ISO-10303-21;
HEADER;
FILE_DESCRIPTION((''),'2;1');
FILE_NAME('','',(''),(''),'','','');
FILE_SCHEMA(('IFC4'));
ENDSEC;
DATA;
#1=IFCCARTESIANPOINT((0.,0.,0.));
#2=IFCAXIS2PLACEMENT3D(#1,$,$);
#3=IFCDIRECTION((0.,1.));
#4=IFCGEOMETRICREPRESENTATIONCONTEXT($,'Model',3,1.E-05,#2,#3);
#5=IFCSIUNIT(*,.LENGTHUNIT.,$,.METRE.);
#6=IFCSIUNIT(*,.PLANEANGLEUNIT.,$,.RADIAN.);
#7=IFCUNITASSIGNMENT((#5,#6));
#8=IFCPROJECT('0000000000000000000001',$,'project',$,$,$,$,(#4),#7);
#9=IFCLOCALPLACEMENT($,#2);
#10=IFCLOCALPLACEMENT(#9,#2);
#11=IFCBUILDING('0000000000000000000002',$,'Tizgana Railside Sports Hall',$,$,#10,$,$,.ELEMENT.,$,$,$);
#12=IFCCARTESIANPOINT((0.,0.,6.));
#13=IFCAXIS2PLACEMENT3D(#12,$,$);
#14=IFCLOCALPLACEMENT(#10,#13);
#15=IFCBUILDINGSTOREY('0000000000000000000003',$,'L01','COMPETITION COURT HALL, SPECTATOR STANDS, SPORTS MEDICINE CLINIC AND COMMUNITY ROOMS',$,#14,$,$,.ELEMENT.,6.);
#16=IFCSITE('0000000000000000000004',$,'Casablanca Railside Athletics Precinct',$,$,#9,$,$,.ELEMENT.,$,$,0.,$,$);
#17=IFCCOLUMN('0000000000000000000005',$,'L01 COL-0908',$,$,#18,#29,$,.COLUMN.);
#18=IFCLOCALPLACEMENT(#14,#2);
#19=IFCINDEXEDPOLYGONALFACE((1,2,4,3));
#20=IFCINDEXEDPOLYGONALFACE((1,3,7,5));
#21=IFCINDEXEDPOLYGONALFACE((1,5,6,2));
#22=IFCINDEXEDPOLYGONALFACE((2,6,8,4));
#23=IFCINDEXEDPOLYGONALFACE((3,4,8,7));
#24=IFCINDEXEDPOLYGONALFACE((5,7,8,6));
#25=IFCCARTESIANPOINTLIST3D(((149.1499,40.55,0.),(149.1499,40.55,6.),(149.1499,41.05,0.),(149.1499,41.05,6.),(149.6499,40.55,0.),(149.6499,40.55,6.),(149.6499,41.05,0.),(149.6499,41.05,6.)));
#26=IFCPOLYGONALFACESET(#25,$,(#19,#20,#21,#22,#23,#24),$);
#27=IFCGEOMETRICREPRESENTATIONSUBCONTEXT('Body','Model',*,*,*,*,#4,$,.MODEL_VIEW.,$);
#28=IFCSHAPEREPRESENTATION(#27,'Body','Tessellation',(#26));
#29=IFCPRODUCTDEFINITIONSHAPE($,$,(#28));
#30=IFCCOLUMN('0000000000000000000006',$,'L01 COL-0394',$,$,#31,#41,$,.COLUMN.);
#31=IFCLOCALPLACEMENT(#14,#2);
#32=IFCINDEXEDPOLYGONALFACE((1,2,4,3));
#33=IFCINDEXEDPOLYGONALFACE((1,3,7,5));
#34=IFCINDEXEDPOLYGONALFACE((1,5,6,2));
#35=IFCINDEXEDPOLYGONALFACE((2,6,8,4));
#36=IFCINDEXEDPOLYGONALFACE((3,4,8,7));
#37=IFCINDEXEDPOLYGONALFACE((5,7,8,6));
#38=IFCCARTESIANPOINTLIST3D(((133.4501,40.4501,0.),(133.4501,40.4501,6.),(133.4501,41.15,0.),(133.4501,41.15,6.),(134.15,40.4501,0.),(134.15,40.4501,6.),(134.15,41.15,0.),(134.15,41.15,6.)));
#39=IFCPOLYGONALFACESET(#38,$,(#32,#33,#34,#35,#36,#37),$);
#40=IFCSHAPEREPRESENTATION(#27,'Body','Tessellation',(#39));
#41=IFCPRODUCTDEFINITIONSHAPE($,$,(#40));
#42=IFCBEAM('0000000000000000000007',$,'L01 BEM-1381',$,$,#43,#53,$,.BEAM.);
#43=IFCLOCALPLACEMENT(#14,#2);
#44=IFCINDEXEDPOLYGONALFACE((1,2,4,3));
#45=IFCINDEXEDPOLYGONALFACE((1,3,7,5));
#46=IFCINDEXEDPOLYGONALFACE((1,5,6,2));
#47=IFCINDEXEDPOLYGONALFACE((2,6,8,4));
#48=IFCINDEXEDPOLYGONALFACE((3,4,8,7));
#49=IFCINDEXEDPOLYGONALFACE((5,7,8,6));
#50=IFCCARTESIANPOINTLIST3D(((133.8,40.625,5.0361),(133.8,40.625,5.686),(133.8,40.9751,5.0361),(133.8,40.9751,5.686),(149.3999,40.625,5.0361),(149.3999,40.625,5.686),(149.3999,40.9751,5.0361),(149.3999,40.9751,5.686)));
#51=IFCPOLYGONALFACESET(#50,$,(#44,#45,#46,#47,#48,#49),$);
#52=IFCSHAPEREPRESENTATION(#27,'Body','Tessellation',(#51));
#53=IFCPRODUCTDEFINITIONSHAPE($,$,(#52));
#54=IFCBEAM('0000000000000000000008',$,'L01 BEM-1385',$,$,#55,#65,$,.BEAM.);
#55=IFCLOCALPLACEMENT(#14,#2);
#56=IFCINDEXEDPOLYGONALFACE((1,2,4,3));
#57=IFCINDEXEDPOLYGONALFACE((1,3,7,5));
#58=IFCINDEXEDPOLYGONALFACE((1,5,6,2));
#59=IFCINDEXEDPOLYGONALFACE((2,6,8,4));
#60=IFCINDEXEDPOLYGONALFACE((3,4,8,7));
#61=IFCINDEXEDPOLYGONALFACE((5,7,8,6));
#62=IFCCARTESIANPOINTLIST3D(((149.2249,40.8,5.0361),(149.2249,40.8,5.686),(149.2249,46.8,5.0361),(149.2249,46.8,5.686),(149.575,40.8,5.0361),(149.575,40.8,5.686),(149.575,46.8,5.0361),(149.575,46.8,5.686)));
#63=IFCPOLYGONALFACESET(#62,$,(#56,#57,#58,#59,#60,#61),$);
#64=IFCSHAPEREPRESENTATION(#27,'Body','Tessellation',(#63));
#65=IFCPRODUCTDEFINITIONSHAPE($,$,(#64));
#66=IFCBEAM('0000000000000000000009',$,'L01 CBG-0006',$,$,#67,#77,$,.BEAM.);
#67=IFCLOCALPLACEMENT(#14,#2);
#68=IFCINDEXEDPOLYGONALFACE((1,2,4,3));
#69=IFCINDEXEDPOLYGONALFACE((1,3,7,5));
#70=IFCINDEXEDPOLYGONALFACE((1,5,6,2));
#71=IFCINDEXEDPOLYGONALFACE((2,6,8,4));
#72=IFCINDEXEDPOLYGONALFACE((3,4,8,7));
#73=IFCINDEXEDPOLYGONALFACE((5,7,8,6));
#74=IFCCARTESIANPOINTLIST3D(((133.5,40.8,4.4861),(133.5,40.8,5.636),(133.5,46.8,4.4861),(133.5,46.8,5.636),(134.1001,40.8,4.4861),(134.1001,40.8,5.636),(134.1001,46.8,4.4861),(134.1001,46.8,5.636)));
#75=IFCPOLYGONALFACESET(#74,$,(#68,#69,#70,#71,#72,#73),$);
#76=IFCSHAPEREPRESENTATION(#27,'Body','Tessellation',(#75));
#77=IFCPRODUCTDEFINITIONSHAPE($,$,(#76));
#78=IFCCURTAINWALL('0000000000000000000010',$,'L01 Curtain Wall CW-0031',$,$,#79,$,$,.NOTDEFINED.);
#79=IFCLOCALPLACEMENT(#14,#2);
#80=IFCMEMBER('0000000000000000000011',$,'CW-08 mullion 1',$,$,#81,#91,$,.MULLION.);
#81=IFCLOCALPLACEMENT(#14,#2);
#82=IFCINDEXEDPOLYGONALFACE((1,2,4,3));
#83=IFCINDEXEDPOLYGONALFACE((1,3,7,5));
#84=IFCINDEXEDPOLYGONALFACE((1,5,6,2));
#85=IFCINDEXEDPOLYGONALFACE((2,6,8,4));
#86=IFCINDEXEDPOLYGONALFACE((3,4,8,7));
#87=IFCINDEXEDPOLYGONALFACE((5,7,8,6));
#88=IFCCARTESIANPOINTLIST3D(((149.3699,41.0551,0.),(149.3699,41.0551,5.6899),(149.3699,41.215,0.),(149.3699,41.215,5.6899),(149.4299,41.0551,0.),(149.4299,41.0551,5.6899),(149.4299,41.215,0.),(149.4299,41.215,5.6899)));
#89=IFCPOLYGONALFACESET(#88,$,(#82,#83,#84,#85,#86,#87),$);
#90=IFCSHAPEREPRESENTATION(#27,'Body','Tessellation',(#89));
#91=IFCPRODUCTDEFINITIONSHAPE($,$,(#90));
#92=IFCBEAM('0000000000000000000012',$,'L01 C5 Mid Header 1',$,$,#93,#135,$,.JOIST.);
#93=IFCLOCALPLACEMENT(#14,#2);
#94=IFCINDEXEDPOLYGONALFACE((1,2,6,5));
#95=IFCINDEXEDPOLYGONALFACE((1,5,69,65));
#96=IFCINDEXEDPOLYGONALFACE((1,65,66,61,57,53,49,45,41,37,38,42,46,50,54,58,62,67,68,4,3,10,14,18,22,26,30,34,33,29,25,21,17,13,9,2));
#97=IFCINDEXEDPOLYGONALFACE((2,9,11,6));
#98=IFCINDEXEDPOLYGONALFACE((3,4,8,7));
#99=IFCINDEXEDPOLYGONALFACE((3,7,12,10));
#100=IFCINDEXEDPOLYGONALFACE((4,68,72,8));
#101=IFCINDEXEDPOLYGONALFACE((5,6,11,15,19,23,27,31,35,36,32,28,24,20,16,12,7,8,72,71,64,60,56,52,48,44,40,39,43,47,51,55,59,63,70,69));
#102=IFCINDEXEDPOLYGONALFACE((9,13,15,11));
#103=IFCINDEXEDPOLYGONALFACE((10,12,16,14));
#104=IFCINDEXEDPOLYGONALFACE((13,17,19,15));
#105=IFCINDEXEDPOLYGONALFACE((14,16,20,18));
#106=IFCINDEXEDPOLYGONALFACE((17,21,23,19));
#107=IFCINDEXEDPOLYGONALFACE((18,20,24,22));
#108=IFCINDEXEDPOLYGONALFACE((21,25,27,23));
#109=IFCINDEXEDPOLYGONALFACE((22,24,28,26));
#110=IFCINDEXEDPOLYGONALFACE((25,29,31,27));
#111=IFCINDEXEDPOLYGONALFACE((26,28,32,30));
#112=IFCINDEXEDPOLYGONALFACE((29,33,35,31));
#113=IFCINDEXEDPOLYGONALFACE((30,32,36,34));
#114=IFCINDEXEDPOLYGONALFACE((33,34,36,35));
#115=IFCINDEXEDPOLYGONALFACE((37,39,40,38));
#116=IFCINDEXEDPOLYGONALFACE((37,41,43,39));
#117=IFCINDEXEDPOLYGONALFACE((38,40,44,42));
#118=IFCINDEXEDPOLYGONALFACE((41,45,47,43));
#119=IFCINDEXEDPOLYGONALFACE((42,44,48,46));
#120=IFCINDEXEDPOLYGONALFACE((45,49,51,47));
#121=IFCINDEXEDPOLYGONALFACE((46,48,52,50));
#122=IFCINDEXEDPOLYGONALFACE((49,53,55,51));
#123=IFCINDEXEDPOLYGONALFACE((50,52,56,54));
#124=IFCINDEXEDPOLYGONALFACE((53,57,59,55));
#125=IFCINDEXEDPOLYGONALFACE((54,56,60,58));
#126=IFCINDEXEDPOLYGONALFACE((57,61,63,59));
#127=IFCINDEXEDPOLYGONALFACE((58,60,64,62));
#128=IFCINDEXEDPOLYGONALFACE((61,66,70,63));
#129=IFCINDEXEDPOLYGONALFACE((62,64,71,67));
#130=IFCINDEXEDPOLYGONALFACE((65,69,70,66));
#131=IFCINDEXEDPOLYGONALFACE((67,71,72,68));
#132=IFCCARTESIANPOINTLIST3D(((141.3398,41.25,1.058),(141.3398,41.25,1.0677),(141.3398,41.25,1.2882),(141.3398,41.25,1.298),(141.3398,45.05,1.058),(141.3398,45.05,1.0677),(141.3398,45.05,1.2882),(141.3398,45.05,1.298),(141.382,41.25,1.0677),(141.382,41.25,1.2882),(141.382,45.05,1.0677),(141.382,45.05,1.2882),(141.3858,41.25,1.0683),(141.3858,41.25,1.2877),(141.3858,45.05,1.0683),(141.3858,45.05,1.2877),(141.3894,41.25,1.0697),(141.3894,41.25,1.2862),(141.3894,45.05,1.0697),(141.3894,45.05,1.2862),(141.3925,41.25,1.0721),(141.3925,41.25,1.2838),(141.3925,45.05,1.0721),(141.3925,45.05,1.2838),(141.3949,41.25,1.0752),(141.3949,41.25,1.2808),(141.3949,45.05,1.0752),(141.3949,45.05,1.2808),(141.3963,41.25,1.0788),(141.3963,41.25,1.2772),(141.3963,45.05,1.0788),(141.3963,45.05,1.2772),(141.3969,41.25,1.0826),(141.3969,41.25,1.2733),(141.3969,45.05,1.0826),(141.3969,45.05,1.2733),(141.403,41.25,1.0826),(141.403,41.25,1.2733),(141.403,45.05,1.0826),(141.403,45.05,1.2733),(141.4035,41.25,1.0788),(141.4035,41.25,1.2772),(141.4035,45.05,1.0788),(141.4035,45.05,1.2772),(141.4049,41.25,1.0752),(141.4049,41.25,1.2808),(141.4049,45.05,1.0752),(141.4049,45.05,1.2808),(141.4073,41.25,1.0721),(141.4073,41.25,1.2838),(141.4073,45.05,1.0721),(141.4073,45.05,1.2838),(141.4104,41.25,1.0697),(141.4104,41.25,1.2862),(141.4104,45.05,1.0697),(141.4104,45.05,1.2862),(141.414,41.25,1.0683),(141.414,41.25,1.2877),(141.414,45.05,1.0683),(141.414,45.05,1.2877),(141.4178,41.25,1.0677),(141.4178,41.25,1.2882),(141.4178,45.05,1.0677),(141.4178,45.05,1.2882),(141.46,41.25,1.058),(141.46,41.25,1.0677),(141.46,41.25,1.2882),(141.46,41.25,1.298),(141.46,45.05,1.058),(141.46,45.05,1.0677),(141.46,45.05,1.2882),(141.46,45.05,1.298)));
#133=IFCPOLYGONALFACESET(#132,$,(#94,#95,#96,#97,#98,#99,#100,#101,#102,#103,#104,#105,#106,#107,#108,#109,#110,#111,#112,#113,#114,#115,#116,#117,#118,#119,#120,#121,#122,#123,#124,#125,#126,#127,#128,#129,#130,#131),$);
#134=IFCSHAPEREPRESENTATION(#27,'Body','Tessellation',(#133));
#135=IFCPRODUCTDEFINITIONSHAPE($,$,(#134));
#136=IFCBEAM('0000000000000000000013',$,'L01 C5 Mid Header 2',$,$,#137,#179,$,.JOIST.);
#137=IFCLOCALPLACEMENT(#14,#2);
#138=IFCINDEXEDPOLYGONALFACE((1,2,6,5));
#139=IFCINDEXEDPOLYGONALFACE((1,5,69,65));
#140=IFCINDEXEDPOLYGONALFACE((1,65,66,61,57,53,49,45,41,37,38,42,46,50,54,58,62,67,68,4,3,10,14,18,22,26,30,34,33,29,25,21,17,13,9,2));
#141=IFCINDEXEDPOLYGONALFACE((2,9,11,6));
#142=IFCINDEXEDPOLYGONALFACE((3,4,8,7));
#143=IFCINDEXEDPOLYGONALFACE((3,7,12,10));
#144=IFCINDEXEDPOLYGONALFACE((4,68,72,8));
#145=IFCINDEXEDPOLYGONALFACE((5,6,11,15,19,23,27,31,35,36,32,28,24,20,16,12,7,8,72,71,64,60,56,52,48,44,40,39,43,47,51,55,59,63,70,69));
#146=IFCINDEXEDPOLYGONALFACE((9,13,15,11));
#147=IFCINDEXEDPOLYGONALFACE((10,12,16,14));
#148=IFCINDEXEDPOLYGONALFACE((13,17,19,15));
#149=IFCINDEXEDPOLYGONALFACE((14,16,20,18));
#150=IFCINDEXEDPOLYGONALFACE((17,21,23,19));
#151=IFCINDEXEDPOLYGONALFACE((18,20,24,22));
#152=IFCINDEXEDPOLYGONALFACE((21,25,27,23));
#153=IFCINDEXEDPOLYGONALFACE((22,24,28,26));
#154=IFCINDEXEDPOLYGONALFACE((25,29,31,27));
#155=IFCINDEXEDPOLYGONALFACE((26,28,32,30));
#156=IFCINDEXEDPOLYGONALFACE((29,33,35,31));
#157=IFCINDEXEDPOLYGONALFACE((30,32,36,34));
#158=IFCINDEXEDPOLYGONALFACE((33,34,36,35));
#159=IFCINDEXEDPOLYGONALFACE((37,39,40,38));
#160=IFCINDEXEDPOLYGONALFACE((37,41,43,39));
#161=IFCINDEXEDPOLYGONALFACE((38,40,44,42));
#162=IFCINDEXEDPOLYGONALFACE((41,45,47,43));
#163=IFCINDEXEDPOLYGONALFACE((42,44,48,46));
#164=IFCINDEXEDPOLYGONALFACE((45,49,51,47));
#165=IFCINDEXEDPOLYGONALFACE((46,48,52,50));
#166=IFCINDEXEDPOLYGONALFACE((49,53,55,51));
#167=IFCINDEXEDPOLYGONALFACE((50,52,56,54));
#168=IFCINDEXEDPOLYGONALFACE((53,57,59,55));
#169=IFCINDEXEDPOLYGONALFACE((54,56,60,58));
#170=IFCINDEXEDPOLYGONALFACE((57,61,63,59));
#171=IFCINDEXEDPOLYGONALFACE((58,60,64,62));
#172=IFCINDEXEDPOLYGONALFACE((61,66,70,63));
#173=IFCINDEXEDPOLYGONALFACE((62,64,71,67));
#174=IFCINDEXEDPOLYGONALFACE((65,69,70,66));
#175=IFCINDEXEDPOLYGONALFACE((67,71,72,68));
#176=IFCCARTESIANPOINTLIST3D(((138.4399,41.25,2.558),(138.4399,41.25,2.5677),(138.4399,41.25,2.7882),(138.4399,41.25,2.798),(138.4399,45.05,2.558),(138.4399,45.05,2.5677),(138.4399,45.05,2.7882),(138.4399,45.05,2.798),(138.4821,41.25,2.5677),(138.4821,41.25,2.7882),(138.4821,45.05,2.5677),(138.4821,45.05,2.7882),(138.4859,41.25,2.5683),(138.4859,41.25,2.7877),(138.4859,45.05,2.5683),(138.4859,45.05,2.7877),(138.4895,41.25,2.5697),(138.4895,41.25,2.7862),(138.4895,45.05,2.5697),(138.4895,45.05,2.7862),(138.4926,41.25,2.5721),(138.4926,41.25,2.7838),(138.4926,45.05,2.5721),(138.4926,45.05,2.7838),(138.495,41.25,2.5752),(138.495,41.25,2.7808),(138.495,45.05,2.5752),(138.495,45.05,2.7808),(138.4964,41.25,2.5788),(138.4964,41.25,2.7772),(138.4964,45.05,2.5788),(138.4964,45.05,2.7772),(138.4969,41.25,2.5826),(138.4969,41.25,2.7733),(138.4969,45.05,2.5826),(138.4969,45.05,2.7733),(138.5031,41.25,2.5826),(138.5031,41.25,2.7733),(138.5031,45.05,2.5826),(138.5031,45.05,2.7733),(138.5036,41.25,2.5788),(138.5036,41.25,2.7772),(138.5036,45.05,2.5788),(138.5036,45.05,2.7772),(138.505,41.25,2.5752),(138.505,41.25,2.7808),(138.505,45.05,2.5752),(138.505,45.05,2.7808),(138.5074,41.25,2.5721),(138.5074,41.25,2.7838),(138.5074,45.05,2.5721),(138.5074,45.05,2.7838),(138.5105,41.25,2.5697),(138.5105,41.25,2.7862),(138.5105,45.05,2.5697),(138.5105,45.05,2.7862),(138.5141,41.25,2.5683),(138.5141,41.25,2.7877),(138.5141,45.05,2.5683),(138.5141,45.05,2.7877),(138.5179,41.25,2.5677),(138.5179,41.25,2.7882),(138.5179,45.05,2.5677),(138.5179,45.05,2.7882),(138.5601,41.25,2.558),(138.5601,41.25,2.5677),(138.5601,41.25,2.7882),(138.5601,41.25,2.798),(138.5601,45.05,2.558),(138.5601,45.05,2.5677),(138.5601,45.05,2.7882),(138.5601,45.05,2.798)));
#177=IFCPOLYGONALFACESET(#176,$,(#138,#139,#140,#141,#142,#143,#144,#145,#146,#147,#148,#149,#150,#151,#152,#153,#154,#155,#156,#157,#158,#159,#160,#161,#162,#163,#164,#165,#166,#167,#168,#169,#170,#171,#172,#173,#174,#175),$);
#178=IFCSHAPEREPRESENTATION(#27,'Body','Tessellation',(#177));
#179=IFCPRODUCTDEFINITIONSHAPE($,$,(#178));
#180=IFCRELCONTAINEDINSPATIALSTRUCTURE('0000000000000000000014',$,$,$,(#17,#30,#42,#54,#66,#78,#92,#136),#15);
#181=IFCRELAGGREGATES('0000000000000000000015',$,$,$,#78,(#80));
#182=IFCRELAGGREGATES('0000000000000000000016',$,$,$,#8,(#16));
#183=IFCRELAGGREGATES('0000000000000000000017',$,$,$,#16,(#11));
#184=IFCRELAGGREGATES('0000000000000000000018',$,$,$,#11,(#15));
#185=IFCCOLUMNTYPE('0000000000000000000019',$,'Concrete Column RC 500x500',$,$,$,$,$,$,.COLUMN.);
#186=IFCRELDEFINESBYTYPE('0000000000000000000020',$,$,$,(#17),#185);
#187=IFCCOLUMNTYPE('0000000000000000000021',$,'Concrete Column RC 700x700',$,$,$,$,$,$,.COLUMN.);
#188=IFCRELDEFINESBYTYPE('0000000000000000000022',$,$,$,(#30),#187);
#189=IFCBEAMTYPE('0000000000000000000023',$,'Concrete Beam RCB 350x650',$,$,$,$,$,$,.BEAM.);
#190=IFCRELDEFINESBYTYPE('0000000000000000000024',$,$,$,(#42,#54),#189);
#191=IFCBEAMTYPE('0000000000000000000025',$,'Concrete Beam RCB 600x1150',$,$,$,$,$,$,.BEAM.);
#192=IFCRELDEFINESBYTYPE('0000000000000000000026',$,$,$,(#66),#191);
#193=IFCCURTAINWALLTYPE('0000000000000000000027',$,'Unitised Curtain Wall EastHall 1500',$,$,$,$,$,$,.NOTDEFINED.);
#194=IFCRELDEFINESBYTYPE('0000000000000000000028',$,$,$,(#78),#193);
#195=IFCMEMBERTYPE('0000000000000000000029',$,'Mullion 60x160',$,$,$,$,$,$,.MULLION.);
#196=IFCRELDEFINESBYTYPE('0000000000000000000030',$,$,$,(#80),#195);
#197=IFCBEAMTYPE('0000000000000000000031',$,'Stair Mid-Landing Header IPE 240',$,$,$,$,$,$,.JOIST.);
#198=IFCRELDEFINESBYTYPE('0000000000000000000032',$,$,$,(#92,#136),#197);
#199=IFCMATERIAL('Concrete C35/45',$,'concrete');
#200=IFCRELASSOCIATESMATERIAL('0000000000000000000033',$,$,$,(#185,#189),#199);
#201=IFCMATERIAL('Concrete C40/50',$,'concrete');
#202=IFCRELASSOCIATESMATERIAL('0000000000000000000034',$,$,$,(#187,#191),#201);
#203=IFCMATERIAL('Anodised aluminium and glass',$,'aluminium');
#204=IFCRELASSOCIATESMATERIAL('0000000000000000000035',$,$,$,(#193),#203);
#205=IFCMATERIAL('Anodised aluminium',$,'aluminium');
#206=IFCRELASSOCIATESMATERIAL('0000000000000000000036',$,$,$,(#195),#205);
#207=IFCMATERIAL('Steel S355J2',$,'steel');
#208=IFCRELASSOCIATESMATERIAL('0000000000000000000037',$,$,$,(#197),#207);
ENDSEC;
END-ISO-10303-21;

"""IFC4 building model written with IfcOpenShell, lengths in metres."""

from ifc_helpers import new_model, si_unit, direction, frame, origin, origin_2d, place, context, subcontext, project, spatial, rectangle, i_section, extrude, material, material_profile, profile_set, type_object, element, aggregate, save


model = new_model("IFC4")

# Units and contexts
model_context = context("Model", 3, precision=1e-05, world=origin(), true_north=direction((0.0, 1.0)))
body_context = subcontext(model_context, "Body", "Model", "MODEL_VIEW")
ifc_project = project(units=[si_unit("LENGTHUNIT", "METRE"), si_unit("PLANEANGLEUNIT", "RADIAN")], contexts=[model_context])

# Site, building, storey
site_placement = place(None, origin())
site = spatial("IfcSite", under=ifc_project, at=site_placement, Name="Casablanca Railside Athletics Precinct", CompositionType="ELEMENT", RefElevation=0.0)
building_placement = place(site_placement, origin())
building = spatial("IfcBuilding", under=site, at=building_placement, Name="Tizgana Railside Sports Hall", CompositionType="ELEMENT")
storey_placement = place(building_placement, frame((0.0, 0.0, 6.0)))
storey = spatial("IfcBuildingStorey", under=building, at=storey_placement, Name="L01", Description="COMPETITION COURT HALL, SPECTATOR STANDS, SPORTS MEDICINE CLINIC AND COMMUNITY ROOMS", CompositionType="ELEMENT", Elevation=6.0)

# Columns
ifc_material_1 = material(Name="Concrete C35/45", Category="concrete")
ifc_material_profile_1 = material_profile(ifc_material_1, rectangle(XDim=0.5, YDim=0.5, at=origin_2d()), Name="RC 500x500")
ifc_profile_set_1 = profile_set([ifc_material_profile_1], Name="Concrete C35/45")
column_type_1 = type_object("IfcColumnType", Name="Concrete Column RC 500x500", PredefinedType="COLUMN", material=ifc_profile_set_1)
column_1_placement = place(storey_placement, frame((149.3999, 40.8, 0.0), z_axis=(0.0, 0.0, 1.0), x_axis=(1.0, 0.0, 0.0)))
element("IfcColumn", 1, at=column_1_placement, inside=storey, type_object=column_type_1, Name="L01 COL-0908", PredefinedType="COLUMN", context=body_context, shape_type="SweptSolid", body=[
    extrude(rectangle(XDim=0.5, YDim=0.5, at=origin_2d()), origin(), (0.0, 0.0, 1.0), 6.0),
])
ifc_material_2 = material(Name="Concrete C40/50", Category="concrete")
ifc_material_profile_2 = material_profile(ifc_material_2, rectangle(XDim=0.7, YDim=0.7, at=origin_2d()), Name="RC 700x700")
ifc_profile_set_2 = profile_set([ifc_material_profile_2], Name="Concrete C40/50")
column_type_2 = type_object("IfcColumnType", Name="Concrete Column RC 700x700", PredefinedType="COLUMN", material=ifc_profile_set_2)
column_2_placement = place(storey_placement, frame((133.8, 40.8, 0.0), z_axis=(0.0, 0.0, 1.0), x_axis=(1.0, 0.0, 0.0)))
element("IfcColumn", 2, at=column_2_placement, inside=storey, type_object=column_type_2, Name="L01 COL-0394", PredefinedType="COLUMN", context=body_context, shape_type="SweptSolid", body=[
    extrude(rectangle(XDim=0.7, YDim=0.7, at=origin_2d()), origin(), (0.0, 0.0, 1.0), 6.0),
])

# Beams
ifc_material_profile_3 = material_profile(ifc_material_1, rectangle(XDim=0.3501, YDim=0.6499, at=origin_2d()), Name="RCB 350x650")
ifc_profile_set_3 = profile_set([ifc_material_profile_3], Name="Concrete C35/45")
beam_type_1 = type_object("IfcBeamType", Name="Concrete Beam RCB 350x650", PredefinedType="BEAM", material=ifc_profile_set_3)
beam_1_placement = place(storey_placement, frame((133.8, 40.8, 5.3611), z_axis=(1.0, 0.0, 0.0), x_axis=(0.0, 1.0, 0.0)))
element("IfcBeam", 3, at=beam_1_placement, inside=storey, type_object=beam_type_1, Name="L01 BEM-1381", PredefinedType="BEAM", context=body_context, shape_type="SweptSolid", body=[
    extrude(rectangle(XDim=0.3501, YDim=0.6499, at=origin_2d()), origin(), (0.0, 0.0, 1.0), 15.5999),
])
beam_2_placement = place(storey_placement, frame((149.3999, 40.8, 5.3611), z_axis=(0.0, 1.0, 0.0), x_axis=(-1.0, 0.0, 0.0)))
element("IfcBeam", 4, at=beam_2_placement, inside=storey, type_object=beam_type_1, Name="L01 BEM-1385", PredefinedType="BEAM", context=body_context, shape_type="SweptSolid", body=[
    extrude(rectangle(XDim=0.3501, YDim=0.6499, at=origin_2d()), origin(), (0.0, 0.0, 1.0), 6.0),
])
ifc_material_profile_4 = material_profile(ifc_material_2, rectangle(XDim=0.6001, YDim=1.1499, at=origin_2d()), Name="RCB 600x1150")
ifc_profile_set_4 = profile_set([ifc_material_profile_4], Name="Concrete C40/50")
beam_type_2 = type_object("IfcBeamType", Name="Concrete Beam RCB 600x1150", PredefinedType="BEAM", material=ifc_profile_set_4)
beam_3_placement = place(storey_placement, frame((133.8, 40.8, 5.061), z_axis=(0.0, 1.0, 0.0), x_axis=(-1.0, 0.0, 0.0)))
element("IfcBeam", 5, at=beam_3_placement, inside=storey, type_object=beam_type_2, Name="L01 CBG-0006", PredefinedType="BEAM", context=body_context, shape_type="SweptSolid", body=[
    extrude(rectangle(XDim=0.6001, YDim=1.1499, at=origin_2d()), origin(), (0.0, 0.0, 1.0), 6.0),
])

# Curtain wall, member
ifc_material_3 = material(Name="Anodised aluminium and glass", Category="aluminium")
curtain_wall_type = type_object("IfcCurtainWallType", Name="Unitised Curtain Wall EastHall 1500", PredefinedType="NOTDEFINED", material=ifc_material_3)
curtain_wall_placement = place(storey_placement, origin())
curtain_wall = element("IfcCurtainWall", 6, at=curtain_wall_placement, inside=storey, type_object=curtain_wall_type, Name="L01 Curtain Wall CW-0031", PredefinedType="NOTDEFINED")
ifc_material_4 = material(Name="Anodised aluminium", Category="aluminium")
ifc_material_profile_5 = material_profile(ifc_material_4, rectangle(XDim=0.0601, YDim=0.1599, at=origin_2d()), Name="Mullion 60x160")
ifc_profile_set_5 = profile_set([ifc_material_profile_5], Name="Anodised aluminium")
member_type_1 = type_object("IfcMemberType", Name="Mullion 60x160", PredefinedType="MULLION", material=ifc_profile_set_5)
member_1_placement = place(storey_placement, frame((149.3999, 41.135, 0.0), z_axis=(0.0, 0.0, 1.0), x_axis=(-1.0, 0.0, 0.0)))
member_1 = element("IfcMember", 7, at=member_1_placement, type_object=member_type_1, Name="CW-08 mullion 1", PredefinedType="MULLION", context=body_context, shape_type="SweptSolid", body=[
    extrude(rectangle(XDim=0.0601, YDim=0.1599, at=origin_2d()), origin(), (0.0, 0.0, 1.0), 5.6899),
])

# Beams
ifc_material_5 = material(Name="Steel S355J2", Category="steel")
ifc_material_profile_6 = material_profile(ifc_material_5, i_section(OverallWidth=0.1201, OverallDepth=0.24, WebThickness=0.0061, FlangeThickness=0.0098, FilletRadius=0.0149, at=origin_2d()), Name="IPE 240")
ifc_profile_set_6 = profile_set([ifc_material_profile_6], Name="Steel S355J2")
beam_type_3 = type_object("IfcBeamType", Name="Stair Mid-Landing Header IPE 240", PredefinedType="JOIST", material=ifc_profile_set_6)
for number, where, z_axis, x_axis, name in (
    (8, (141.3999, 41.25, 1.178), (0.0, 1.0, 0.0), (-1.0, 0.0, 0.0), "L01 C5 Mid Header 1"),
    (9, (138.5, 41.25, 2.678), (0.0, 1.0, 0.0), (-1.0, 0.0, 0.0), "L01 C5 Mid Header 2"),
):
    element("IfcBeam", number, at=place(storey_placement, frame(where, z_axis=z_axis, x_axis=x_axis)), inside=storey, type_object=beam_type_3, Name=name, PredefinedType="JOIST", context=body_context, shape_type="SweptSolid", body=[
        extrude(i_section(OverallWidth=0.1201, OverallDepth=0.24, WebThickness=0.0061, FlangeThickness=0.0098, FilletRadius=0.0149, at=origin_2d()), origin(), (0.0, 0.0, 1.0), 3.8),
    ])

aggregate(curtain_wall, [member_1])

save(model, "model.ifc")
